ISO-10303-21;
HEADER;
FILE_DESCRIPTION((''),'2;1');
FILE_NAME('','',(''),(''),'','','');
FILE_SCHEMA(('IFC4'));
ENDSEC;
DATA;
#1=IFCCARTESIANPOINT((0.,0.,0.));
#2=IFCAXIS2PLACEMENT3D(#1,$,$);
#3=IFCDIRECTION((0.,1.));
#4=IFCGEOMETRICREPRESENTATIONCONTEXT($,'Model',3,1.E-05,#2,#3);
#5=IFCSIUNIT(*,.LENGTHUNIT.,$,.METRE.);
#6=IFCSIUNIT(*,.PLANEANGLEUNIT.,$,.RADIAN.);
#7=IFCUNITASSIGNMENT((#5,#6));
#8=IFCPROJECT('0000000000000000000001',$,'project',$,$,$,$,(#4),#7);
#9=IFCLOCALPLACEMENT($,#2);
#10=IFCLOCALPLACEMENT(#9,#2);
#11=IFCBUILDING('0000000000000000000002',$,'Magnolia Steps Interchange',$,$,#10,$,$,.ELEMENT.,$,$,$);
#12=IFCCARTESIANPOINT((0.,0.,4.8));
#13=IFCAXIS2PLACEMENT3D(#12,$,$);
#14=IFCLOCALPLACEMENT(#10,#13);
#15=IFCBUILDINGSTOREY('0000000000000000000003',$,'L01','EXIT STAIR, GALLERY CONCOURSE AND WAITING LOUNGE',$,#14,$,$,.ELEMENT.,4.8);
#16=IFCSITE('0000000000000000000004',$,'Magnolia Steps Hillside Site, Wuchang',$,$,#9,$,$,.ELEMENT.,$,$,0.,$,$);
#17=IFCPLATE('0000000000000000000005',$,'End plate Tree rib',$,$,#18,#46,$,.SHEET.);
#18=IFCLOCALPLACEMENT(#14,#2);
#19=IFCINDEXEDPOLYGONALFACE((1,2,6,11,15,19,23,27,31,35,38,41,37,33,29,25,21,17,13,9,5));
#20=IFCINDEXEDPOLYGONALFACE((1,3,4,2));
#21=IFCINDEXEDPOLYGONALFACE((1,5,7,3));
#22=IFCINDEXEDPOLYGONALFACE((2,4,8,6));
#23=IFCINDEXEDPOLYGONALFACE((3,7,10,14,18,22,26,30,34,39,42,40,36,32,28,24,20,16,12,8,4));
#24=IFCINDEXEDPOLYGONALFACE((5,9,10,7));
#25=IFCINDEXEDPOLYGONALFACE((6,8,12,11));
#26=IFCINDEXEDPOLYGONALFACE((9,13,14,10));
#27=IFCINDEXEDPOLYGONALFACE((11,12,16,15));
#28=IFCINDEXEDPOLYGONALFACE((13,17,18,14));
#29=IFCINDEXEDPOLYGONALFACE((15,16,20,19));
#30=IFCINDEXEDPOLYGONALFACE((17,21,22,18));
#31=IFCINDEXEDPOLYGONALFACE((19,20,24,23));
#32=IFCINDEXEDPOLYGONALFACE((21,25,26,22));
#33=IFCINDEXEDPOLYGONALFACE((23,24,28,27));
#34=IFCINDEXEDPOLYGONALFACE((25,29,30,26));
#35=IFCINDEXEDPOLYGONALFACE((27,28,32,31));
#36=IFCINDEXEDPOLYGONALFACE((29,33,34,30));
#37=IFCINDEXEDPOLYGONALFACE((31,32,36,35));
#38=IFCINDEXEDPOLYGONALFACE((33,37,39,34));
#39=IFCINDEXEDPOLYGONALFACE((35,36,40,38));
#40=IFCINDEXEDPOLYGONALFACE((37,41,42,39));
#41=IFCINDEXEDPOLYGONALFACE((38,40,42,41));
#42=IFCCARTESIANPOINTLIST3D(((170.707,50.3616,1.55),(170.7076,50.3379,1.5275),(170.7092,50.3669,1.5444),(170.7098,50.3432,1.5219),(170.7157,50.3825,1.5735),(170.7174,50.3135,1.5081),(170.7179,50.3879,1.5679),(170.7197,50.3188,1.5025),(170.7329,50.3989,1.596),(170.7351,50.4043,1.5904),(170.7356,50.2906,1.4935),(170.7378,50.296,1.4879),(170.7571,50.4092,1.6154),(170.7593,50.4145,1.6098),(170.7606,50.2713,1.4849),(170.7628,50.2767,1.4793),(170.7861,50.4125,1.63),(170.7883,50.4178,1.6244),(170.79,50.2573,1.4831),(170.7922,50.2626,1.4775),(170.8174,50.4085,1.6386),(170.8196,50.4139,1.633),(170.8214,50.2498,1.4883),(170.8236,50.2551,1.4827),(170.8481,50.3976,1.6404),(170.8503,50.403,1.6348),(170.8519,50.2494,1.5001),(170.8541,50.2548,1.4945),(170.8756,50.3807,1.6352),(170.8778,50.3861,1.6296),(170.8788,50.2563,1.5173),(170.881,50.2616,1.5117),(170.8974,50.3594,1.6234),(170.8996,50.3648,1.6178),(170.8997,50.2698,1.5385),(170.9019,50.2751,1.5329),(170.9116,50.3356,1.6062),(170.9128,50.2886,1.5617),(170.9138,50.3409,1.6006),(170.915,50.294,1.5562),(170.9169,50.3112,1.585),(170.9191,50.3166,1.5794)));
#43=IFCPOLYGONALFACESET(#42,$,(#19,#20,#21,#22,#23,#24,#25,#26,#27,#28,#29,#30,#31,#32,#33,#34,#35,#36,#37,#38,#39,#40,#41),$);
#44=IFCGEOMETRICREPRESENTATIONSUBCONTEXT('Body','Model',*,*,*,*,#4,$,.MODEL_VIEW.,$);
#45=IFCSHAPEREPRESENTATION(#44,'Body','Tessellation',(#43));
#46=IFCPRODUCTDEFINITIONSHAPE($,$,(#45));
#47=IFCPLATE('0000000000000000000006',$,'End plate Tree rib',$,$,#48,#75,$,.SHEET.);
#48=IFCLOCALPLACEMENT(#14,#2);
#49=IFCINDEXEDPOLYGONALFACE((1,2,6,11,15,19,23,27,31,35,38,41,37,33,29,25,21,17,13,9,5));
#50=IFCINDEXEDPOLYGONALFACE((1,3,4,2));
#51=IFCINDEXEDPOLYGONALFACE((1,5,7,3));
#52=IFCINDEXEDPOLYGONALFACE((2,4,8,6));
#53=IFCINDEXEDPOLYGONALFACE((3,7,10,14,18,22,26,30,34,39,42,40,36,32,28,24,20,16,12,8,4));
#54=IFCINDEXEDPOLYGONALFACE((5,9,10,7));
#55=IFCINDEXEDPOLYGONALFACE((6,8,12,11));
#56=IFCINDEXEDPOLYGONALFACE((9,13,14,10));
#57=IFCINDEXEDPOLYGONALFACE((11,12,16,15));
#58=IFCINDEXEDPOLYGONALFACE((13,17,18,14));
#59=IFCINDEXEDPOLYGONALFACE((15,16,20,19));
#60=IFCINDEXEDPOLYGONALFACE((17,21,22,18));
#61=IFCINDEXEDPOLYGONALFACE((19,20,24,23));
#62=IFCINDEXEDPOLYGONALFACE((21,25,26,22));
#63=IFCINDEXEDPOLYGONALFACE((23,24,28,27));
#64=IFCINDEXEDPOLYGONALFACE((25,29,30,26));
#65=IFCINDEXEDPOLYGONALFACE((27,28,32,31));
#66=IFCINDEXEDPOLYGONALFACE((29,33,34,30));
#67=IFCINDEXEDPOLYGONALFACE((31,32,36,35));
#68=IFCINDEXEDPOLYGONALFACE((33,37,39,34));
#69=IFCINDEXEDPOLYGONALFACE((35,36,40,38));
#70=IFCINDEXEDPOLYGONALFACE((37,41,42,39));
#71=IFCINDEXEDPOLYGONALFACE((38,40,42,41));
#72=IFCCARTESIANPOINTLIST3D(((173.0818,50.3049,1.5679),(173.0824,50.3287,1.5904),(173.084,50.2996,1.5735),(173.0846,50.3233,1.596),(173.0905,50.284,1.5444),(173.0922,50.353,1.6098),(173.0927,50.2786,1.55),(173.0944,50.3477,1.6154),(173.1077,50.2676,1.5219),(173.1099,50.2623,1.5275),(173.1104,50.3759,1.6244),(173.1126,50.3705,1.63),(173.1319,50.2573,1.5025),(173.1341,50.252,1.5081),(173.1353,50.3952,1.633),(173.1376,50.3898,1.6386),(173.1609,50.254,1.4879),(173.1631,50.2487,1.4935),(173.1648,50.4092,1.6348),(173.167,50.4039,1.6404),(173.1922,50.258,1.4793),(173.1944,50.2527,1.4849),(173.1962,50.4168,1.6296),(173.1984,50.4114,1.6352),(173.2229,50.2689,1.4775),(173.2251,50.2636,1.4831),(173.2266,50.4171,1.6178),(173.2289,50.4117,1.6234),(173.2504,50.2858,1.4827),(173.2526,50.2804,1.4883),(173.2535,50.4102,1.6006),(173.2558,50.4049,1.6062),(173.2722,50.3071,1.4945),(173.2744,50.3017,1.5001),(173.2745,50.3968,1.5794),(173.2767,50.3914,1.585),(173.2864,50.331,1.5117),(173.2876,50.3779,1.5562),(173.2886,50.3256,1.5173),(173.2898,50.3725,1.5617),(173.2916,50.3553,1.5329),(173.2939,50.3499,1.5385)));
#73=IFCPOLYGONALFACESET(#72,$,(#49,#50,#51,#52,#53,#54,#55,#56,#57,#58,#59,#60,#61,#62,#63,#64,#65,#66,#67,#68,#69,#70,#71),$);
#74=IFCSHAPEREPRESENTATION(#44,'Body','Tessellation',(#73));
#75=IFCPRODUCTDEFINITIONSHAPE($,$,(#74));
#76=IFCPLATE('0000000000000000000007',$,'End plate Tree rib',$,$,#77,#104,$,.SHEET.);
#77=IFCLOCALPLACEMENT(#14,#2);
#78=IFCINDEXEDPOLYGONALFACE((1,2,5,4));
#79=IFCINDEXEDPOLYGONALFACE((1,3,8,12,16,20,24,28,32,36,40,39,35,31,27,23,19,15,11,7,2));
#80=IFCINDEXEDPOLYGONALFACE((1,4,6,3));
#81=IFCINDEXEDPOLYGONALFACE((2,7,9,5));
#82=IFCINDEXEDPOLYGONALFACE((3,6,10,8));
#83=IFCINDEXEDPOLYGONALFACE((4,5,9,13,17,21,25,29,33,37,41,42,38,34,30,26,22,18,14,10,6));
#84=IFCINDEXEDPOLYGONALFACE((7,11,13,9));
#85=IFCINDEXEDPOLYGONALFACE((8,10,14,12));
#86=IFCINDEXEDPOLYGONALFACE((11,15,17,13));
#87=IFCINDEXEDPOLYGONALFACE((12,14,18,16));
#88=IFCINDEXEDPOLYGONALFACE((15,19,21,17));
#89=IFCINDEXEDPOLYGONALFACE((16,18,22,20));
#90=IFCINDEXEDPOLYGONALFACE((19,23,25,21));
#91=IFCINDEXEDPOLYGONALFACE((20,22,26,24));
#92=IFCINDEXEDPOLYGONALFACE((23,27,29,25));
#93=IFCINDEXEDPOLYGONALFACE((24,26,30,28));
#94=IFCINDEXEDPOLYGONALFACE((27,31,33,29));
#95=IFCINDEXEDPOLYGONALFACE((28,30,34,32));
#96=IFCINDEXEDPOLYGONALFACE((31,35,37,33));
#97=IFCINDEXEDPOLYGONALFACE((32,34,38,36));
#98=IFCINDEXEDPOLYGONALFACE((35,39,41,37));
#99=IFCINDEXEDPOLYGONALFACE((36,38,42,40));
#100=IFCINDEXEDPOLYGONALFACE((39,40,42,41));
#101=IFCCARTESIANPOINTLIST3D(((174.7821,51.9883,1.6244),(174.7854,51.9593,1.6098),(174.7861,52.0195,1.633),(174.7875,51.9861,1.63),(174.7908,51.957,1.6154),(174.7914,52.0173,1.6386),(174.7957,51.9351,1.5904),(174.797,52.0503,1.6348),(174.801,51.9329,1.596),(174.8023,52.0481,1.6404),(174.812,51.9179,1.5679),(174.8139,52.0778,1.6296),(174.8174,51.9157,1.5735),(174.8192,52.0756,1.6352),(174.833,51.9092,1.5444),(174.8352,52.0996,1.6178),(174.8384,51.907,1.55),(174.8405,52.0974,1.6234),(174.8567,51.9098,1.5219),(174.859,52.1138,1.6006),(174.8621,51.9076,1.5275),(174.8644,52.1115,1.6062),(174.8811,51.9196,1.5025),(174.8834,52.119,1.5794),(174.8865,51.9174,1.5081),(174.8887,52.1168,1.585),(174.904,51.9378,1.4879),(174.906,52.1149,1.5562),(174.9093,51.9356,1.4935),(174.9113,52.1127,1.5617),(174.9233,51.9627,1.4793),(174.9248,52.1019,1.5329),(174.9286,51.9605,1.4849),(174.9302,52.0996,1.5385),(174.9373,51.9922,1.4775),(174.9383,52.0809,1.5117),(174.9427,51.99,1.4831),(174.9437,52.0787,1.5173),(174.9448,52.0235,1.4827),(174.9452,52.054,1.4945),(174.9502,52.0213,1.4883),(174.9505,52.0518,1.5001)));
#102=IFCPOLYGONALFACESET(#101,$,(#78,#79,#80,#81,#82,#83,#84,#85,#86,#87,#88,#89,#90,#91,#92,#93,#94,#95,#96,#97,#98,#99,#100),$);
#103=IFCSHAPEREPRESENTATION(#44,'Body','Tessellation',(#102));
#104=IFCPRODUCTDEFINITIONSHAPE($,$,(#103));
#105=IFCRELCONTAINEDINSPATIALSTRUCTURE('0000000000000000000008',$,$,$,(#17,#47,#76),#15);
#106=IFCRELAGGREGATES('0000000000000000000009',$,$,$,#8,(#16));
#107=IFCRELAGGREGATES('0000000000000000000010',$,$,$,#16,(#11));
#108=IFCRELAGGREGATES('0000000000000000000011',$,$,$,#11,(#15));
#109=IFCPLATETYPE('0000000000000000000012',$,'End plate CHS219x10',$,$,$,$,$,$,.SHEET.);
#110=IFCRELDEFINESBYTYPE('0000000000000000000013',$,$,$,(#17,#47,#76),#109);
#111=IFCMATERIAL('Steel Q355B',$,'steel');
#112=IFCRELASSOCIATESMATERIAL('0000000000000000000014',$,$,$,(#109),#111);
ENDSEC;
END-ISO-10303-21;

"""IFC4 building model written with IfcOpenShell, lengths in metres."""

from ifc_helpers import new_model, si_unit, direction, frame, origin, origin_2d, place, context, subcontext, project, spatial, circle, extrude, material, material_profile, profile_set, type_object, element, save


model = new_model("IFC4")

# Units and contexts
model_context = context("Model", 3, precision=1e-05, world=origin(), true_north=direction((0.0, 1.0)))
body_context = subcontext(model_context, "Body", "Model", "MODEL_VIEW")
ifc_project = project(units=[si_unit("LENGTHUNIT", "METRE"), si_unit("PLANEANGLEUNIT", "RADIAN")], contexts=[model_context])

# Site, building, storey
site_placement = place(None, origin())
site = spatial("IfcSite", under=ifc_project, at=site_placement, Name="Magnolia Steps Hillside Site, Wuchang", CompositionType="ELEMENT", RefElevation=0.0)
building_placement = place(site_placement, origin())
building = spatial("IfcBuilding", under=site, at=building_placement, Name="Magnolia Steps Interchange", CompositionType="ELEMENT")
storey_placement = place(building_placement, frame((0.0, 0.0, 4.8)))
storey = spatial("IfcBuildingStorey", under=building, at=storey_placement, Name="L01", Description="EXIT STAIR, GALLERY CONCOURSE AND WAITING LOUNGE", CompositionType="ELEMENT", Elevation=4.8)

# Plates
ifc_material_1 = material(Name="Steel Q355B", Category="steel")
ifc_material_profile_1 = material_profile(ifc_material_1, circle(Radius=0.1096, at=origin_2d()), Name="End plate CHS219x10")
ifc_profile_set_1 = profile_set([ifc_material_profile_1], Name="Steel Q355B")
plate_type = type_object("IfcPlateType", Name="End plate CHS219x10", PredefinedType="SHEET", material=ifc_profile_set_1)
for number, where, z_axis, x_axis, name in (
    (1, (170.8137, 50.3359, 1.5562), (-0.275279, -0.664583, 0.694658), (0.92388, -0.382683, 0.0), "End plate Tree rib"),
    (2, (173.1863, 50.3359, 1.5562), (0.275279, -0.664583, 0.694658), (0.92388, 0.382683, 0.0), "End plate Tree rib"),
    (3, (174.864, 52.0137, 1.5562), (0.664583, -0.275279, 0.694658), (0.382683, 0.92388, 0.0), "End plate Tree rib"),
):
    element("IfcPlate", number, at=place(storey_placement, frame(where, z_axis=z_axis, x_axis=x_axis)), inside=storey, type_object=plate_type, Name=name, PredefinedType="SHEET", context=body_context, shape_type="SweptSolid", body=[
        extrude(circle(Radius=0.1096, at=origin_2d()), origin(), (0.0, 0.0, 1.0), 0.0081),
    ])

save(model, "model.ifc")
